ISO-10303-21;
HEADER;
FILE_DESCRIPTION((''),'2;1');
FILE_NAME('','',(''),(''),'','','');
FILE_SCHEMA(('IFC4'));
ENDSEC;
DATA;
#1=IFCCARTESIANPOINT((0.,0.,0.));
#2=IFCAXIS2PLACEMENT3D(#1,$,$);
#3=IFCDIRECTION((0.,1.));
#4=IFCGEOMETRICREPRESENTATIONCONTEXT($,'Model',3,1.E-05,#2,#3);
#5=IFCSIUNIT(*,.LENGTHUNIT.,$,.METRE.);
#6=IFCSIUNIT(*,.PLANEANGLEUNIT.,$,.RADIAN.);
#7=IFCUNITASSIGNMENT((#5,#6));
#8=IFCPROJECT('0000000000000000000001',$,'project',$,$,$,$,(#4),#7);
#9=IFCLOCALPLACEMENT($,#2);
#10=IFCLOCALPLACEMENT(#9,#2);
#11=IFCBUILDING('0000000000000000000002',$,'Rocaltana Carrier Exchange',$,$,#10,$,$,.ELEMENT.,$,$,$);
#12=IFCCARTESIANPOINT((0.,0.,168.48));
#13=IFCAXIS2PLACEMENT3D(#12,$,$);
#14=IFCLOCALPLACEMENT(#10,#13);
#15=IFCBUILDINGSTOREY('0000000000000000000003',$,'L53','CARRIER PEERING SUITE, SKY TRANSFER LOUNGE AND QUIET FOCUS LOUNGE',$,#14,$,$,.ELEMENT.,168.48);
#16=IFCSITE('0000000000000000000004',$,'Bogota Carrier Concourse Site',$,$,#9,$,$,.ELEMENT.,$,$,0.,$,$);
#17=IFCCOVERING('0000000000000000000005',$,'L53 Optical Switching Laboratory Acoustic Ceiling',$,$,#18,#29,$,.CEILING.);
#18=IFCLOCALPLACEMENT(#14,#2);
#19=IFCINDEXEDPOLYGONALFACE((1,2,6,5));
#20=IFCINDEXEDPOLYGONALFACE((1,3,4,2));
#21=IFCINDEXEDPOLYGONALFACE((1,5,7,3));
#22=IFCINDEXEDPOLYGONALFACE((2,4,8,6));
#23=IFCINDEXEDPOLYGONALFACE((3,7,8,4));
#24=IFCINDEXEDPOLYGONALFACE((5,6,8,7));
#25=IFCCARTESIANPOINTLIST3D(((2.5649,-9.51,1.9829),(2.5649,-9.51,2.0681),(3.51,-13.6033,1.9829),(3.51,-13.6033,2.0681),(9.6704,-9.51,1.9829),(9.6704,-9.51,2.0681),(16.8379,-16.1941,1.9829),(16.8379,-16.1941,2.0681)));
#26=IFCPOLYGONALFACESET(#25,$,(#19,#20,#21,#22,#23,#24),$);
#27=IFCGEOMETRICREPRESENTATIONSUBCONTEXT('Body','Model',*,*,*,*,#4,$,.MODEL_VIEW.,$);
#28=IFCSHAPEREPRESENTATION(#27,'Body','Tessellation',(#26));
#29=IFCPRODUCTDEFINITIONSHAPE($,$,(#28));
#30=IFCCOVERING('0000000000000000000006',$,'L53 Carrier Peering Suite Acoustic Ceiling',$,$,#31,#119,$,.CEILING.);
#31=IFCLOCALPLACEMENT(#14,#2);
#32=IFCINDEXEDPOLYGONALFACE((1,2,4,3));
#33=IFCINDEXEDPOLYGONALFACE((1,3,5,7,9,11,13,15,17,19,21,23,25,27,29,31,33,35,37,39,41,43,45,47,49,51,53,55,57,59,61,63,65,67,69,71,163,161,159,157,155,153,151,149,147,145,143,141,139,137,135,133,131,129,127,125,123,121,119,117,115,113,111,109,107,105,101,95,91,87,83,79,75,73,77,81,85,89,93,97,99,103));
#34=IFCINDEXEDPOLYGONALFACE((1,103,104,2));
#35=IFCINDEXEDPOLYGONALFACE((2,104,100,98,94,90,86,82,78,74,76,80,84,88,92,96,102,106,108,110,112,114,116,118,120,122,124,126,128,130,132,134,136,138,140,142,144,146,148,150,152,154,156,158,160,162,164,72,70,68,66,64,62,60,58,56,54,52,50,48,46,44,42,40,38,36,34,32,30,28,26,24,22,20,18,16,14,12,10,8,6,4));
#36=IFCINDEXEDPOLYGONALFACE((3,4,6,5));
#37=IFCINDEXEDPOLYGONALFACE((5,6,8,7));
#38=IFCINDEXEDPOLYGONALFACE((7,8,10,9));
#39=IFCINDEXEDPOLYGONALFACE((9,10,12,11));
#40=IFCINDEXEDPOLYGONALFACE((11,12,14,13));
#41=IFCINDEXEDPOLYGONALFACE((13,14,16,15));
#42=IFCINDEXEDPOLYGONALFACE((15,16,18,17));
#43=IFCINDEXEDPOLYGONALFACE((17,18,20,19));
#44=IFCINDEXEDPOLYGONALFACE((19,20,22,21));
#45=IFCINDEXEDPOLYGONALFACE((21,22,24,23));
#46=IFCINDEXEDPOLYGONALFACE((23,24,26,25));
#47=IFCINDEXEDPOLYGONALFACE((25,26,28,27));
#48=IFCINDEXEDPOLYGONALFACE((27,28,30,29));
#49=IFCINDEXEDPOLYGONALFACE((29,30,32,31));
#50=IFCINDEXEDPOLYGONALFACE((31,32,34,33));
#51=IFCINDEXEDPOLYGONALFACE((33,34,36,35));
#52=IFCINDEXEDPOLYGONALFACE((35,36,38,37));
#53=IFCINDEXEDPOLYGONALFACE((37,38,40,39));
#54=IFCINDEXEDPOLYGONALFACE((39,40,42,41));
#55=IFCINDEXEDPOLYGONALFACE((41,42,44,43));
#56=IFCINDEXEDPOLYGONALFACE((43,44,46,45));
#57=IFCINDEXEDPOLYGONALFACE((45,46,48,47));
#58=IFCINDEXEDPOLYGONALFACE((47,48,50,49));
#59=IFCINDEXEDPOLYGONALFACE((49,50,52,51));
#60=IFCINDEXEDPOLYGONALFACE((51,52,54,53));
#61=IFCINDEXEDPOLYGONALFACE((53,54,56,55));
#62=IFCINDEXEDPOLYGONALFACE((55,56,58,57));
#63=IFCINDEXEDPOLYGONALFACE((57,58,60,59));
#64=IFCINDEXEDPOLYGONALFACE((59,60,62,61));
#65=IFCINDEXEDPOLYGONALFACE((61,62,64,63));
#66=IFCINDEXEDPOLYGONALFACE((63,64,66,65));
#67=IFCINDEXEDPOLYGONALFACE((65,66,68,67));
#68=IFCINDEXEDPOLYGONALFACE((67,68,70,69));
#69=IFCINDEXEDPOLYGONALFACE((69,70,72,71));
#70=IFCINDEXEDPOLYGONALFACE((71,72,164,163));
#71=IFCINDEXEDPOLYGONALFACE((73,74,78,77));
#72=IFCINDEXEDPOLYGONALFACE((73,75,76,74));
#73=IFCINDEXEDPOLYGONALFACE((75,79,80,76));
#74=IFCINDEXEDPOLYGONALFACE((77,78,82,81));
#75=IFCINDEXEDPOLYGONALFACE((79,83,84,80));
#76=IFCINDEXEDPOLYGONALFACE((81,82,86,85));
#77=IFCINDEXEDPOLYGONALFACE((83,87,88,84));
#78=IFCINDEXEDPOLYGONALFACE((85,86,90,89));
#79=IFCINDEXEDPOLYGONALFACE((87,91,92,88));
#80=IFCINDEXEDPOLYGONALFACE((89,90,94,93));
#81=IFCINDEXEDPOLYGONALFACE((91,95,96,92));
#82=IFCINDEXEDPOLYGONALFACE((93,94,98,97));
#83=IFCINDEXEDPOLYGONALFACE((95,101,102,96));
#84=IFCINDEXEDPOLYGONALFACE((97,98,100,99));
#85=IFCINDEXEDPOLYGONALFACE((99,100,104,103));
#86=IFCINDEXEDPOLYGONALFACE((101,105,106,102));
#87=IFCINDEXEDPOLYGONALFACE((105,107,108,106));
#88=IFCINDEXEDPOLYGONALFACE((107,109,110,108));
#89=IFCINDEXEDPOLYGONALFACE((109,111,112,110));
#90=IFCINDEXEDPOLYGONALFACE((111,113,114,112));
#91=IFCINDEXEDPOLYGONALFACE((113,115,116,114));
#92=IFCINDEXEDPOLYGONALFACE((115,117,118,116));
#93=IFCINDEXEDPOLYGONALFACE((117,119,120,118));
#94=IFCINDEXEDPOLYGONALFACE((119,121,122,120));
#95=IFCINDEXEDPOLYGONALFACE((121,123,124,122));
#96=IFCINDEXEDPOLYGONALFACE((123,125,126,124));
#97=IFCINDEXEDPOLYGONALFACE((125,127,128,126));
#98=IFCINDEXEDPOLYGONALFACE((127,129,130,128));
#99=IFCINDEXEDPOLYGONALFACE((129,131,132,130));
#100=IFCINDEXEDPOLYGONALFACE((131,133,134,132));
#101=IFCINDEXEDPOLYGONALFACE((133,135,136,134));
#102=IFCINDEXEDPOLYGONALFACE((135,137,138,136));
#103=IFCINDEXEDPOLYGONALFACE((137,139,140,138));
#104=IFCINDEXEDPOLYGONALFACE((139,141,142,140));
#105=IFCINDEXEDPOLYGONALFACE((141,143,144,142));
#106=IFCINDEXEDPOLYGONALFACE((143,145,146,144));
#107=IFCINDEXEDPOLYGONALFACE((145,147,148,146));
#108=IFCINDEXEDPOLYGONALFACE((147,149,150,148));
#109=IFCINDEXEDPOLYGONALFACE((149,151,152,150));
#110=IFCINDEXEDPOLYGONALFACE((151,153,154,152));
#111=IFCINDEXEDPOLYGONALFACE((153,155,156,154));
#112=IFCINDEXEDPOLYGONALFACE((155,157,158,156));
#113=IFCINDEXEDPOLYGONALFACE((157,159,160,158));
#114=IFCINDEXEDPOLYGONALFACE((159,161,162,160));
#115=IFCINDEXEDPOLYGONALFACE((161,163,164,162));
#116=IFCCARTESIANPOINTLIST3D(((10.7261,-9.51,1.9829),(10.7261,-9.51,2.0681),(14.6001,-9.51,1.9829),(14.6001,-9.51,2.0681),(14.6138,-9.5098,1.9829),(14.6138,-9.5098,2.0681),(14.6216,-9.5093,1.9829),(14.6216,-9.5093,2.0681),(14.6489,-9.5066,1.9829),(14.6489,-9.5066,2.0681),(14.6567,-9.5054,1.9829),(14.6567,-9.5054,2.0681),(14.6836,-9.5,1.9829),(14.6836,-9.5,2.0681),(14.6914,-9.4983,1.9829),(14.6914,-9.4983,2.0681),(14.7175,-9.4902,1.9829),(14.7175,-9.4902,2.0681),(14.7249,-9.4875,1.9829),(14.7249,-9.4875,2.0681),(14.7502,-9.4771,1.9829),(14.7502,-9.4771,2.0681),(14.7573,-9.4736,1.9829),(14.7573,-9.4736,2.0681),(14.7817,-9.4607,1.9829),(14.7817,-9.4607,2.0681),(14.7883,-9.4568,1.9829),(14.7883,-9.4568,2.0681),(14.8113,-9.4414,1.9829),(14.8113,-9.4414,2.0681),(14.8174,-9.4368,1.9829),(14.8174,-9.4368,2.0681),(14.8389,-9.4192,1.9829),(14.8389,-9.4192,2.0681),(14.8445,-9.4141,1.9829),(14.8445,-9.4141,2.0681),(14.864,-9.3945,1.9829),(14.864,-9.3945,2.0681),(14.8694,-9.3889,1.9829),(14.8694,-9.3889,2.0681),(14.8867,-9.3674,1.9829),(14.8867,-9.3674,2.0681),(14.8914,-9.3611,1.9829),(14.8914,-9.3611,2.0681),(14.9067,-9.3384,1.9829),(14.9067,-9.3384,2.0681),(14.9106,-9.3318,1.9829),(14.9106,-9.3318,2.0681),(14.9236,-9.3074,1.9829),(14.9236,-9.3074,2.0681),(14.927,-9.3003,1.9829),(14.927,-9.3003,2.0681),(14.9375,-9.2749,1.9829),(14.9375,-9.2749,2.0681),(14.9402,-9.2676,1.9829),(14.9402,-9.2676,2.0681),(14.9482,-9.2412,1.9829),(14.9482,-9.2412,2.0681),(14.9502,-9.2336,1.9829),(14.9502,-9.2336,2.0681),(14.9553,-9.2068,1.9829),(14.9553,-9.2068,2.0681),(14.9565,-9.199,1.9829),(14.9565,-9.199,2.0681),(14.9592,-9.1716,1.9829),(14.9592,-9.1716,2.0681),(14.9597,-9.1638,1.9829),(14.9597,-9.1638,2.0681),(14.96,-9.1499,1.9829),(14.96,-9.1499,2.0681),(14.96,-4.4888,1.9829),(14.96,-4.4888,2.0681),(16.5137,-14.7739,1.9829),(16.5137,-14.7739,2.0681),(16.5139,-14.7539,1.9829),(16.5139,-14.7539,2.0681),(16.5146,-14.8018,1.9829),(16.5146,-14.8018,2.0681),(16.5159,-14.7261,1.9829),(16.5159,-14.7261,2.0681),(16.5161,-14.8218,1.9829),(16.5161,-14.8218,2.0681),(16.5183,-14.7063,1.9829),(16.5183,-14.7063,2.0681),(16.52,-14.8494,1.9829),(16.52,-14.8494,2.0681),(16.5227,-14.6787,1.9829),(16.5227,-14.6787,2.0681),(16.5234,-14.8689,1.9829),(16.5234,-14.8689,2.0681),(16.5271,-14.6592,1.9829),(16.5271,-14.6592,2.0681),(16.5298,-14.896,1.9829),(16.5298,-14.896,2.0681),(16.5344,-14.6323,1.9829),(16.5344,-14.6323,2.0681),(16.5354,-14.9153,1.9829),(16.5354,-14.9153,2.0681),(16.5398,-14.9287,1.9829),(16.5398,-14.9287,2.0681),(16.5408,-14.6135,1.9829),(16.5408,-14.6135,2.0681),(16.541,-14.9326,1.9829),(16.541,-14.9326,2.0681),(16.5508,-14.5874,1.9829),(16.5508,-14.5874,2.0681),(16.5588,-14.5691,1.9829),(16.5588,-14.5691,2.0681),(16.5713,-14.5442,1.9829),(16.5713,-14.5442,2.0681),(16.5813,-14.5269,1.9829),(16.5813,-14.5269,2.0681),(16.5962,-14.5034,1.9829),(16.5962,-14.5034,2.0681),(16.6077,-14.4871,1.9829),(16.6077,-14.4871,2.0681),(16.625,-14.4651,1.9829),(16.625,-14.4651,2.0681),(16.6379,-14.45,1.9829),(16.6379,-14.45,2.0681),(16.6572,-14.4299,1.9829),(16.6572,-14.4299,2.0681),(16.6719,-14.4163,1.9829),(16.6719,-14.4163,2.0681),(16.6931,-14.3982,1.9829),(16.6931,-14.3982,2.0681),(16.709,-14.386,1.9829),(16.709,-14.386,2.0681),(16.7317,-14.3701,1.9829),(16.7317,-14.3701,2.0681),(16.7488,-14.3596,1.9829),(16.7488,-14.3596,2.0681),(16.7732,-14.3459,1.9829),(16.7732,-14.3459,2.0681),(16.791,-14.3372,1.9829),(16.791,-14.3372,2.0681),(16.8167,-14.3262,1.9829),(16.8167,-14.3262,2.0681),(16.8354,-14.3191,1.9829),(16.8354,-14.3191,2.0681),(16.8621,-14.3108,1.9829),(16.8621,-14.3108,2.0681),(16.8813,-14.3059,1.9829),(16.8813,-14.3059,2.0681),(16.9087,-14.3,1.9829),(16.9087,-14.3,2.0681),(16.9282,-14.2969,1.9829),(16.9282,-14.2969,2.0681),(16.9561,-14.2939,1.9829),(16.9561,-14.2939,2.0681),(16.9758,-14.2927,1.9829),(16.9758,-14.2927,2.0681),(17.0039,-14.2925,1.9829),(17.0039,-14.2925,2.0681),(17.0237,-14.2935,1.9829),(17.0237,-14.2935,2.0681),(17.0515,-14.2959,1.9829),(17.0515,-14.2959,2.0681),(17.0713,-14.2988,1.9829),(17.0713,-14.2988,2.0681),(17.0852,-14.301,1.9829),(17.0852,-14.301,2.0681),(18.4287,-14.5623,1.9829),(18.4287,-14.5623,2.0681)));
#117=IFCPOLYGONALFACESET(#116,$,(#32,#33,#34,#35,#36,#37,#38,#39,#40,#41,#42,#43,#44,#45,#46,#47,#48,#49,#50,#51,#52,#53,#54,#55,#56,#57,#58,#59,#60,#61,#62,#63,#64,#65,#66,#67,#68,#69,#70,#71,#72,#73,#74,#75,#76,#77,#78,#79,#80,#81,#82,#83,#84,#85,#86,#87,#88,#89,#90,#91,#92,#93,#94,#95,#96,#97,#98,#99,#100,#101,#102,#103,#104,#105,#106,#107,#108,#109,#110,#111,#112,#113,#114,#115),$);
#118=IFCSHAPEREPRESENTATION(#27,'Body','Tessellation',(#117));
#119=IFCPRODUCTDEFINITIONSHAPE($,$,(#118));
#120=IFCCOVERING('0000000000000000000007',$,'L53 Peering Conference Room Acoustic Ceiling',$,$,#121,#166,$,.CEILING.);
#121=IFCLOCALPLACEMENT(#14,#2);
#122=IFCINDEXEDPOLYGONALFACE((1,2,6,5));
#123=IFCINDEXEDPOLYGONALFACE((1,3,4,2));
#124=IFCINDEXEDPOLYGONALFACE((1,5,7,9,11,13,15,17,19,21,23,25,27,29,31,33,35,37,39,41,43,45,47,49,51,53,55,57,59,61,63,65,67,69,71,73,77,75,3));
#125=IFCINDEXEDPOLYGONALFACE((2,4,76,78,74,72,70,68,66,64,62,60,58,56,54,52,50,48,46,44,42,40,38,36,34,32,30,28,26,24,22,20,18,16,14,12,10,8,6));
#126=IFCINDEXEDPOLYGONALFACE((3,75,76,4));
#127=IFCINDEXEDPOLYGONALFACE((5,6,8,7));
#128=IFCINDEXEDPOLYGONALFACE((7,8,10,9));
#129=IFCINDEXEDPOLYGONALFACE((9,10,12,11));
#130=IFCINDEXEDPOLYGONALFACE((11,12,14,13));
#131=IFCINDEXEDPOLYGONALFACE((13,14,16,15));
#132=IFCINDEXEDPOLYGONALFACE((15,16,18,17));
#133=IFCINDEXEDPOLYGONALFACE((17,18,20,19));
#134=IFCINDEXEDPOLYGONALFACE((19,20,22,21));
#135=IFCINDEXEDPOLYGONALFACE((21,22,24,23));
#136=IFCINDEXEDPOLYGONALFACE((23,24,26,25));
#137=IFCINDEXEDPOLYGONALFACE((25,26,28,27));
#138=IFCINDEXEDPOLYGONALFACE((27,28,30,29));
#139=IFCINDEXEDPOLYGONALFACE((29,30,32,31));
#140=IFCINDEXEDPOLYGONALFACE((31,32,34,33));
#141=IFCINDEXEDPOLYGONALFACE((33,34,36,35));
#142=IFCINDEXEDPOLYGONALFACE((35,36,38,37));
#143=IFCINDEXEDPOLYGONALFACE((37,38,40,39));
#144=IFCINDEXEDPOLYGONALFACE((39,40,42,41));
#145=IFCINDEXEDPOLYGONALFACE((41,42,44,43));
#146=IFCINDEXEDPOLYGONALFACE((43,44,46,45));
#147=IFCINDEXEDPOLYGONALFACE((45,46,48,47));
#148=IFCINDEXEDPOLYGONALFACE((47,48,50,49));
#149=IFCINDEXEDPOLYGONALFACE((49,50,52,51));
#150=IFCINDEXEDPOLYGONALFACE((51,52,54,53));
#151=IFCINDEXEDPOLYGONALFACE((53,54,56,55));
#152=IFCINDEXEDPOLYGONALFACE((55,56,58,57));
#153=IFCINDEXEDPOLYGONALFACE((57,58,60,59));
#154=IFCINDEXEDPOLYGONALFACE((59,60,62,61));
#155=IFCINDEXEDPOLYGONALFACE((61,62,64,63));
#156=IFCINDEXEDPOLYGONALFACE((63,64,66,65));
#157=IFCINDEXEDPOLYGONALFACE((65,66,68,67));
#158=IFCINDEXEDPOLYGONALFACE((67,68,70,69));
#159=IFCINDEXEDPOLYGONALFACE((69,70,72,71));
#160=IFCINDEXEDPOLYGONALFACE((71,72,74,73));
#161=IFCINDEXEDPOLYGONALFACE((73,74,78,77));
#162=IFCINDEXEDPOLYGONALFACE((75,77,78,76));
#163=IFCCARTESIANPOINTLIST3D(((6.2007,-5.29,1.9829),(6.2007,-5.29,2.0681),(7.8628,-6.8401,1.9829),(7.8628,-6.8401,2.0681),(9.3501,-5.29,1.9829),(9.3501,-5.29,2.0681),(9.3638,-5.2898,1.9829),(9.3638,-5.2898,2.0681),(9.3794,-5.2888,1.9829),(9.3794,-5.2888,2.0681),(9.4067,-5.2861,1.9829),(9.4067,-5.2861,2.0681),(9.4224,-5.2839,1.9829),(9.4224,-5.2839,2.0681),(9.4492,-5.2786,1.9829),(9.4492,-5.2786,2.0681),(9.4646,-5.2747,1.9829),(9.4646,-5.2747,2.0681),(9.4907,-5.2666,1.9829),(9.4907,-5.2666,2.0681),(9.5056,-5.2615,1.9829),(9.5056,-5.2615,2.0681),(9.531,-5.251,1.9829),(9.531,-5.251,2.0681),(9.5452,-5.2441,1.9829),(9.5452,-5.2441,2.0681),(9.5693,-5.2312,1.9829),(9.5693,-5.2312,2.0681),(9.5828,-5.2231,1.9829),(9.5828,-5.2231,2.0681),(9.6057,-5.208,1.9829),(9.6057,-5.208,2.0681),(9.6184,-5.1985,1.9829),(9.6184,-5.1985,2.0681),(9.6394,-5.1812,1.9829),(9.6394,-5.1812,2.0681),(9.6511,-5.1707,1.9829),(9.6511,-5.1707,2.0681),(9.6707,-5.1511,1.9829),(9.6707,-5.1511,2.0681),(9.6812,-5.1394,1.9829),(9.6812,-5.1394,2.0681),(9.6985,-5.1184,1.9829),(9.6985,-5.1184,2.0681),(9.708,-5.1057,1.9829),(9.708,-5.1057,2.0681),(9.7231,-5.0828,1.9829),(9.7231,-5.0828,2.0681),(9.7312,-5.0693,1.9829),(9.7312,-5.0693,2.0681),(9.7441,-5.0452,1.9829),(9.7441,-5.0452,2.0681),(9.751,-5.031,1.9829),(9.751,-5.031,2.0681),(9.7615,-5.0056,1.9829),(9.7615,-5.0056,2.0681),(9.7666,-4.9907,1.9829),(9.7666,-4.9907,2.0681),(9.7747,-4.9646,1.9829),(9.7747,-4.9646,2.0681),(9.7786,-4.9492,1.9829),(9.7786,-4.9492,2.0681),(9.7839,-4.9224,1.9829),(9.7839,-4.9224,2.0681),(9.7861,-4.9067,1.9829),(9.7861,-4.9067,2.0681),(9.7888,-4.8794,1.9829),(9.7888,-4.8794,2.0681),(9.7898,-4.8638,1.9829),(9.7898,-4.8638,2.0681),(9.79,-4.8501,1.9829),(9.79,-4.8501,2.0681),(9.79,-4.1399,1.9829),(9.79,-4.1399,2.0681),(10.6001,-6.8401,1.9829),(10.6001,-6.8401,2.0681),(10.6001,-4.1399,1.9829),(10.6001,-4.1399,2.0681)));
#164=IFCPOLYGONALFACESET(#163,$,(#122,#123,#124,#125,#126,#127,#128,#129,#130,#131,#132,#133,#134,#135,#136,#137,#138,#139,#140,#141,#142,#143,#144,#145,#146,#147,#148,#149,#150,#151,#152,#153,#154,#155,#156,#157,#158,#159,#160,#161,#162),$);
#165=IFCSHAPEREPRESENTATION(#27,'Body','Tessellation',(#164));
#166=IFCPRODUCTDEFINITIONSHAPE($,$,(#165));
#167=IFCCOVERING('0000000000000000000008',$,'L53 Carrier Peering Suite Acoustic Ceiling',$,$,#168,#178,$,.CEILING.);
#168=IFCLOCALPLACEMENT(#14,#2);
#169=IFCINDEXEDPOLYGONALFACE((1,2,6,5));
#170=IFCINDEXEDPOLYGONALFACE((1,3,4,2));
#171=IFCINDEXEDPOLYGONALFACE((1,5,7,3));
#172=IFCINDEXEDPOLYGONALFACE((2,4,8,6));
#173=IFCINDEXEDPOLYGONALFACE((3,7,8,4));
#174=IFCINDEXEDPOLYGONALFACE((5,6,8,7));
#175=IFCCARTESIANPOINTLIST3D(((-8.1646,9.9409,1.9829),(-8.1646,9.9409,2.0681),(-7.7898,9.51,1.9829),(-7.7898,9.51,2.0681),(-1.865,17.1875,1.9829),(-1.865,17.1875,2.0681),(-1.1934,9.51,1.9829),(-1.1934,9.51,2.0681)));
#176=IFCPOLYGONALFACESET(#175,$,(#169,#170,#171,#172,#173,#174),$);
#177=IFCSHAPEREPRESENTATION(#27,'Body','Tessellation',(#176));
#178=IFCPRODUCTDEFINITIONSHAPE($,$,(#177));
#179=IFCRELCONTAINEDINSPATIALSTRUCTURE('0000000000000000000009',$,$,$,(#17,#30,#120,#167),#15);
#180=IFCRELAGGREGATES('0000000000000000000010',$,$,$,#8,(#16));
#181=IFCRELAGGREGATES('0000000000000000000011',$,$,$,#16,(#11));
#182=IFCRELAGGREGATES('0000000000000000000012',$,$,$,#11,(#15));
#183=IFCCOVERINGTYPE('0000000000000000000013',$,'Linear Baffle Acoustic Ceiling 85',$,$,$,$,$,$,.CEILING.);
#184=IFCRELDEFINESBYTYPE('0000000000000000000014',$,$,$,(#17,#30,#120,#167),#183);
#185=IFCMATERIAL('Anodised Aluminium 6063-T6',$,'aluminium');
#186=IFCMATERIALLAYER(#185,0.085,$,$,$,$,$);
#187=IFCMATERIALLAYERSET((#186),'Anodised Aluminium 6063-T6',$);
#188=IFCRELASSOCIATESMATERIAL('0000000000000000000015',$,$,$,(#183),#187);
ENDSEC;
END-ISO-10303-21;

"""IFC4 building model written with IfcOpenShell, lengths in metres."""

from ifc_helpers import new_model, si_unit, direction, frame, origin, place, context, subcontext, project, spatial, polyline, outline, extrude, material, layer, layer_set, type_object, element, save


model = new_model("IFC4")

# Units and contexts
model_context = context("Model", 3, precision=1e-05, world=origin(), true_north=direction((0.0, 1.0)))
body_context = subcontext(model_context, "Body", "Model", "MODEL_VIEW")
ifc_project = project(units=[si_unit("LENGTHUNIT", "METRE"), si_unit("PLANEANGLEUNIT", "RADIAN")], contexts=[model_context])

# Site, building, storey
site_placement = place(None, origin())
site = spatial("IfcSite", under=ifc_project, at=site_placement, Name="Bogota Carrier Concourse Site", CompositionType="ELEMENT", RefElevation=0.0)
building_placement = place(site_placement, origin())
building = spatial("IfcBuilding", under=site, at=building_placement, Name="Rocaltana Carrier Exchange", CompositionType="ELEMENT")
storey_placement = place(building_placement, frame((0.0, 0.0, 168.48)))
storey = spatial("IfcBuildingStorey", under=building, at=storey_placement, Name="L53", Description="CARRIER PEERING SUITE, SKY TRANSFER LOUNGE AND QUIET FOCUS LOUNGE", CompositionType="ELEMENT", Elevation=168.48)

# Coverings
ifc_material_1 = material(Name="Anodised Aluminium 6063-T6", Category="aluminium")
ifc_layer_1 = layer(ifc_material_1, 0.085)
ifc_layer_set_1 = layer_set([ifc_layer_1], Name="Anodised Aluminium 6063-T6")
covering_type_1 = type_object("IfcCoveringType", Name="Linear Baffle Acoustic Ceiling 85", PredefinedType="CEILING", material=ifc_layer_set_1)
covering_1_placement = place(storey_placement, frame((0.0, 0.0, 1.9829)))
element("IfcCovering", 1, at=covering_1_placement, inside=storey, type_object=covering_type_1, Name="L53 Optical Switching Laboratory Acoustic Ceiling", PredefinedType="CEILING", context=body_context, shape_type="SweptSolid", body=[
    extrude(outline(polyline([(16.8379, -16.1941), (3.51, -13.6033), (2.5649, -9.51), (9.6704, -9.51), (16.8379, -16.1941)])), origin(), (0.0, 0.0, 1.0), 0.0852),
])
covering_2_placement = place(storey_placement, frame((0.0, 0.0, 1.9829)))
element("IfcCovering", 2, at=covering_2_placement, inside=storey, type_object=covering_type_1, Name="L53 Carrier Peering Suite Acoustic Ceiling", PredefinedType="CEILING", context=body_context, shape_type="SweptSolid", body=[
    extrude(outline(polyline([(14.96, -4.4888), (18.4287, -14.5623), (17.0852, -14.301), (17.0713, -14.2988), (17.0515, -14.2959), (17.0237, -14.2935), (17.0039, -14.2925), (16.9758, -14.2927), (16.9561, -14.2939), (16.9282, -14.2969), (16.9087, -14.3), (16.8813, -14.3059), (16.8621, -14.3108), (16.8354, -14.3191), (16.8167, -14.3262), (16.791, -14.3372), (16.7732, -14.3459), (16.7488, -14.3596), (16.7317, -14.3701), (16.709, -14.386), (16.6931, -14.3982), (16.6719, -14.4163), (16.6572, -14.4299), (16.6379, -14.45), (16.625, -14.4651), (16.6077, -14.4871), (16.5962, -14.5034), (16.5813, -14.5269), (16.5713, -14.5442), (16.5588, -14.5691), (16.5508, -14.5874), (16.5408, -14.6135), (16.5344, -14.6323), (16.5271, -14.6592), (16.5227, -14.6787), (16.5183, -14.7063), (16.5159, -14.7261), (16.5139, -14.7539), (16.5137, -14.7739), (16.5146, -14.8018), (16.5161, -14.8218), (16.52, -14.8494), (16.5234, -14.8689), (16.5298, -14.896), (16.5354, -14.9153), (16.5398, -14.9287), (16.541, -14.9326), (10.7261, -9.51), (14.6001, -9.51), (14.6138, -9.5098), (14.6216, -9.5093), (14.6489, -9.5066), (14.6567, -9.5054), (14.6836, -9.5), (14.6914, -9.4983), (14.7175, -9.4902), (14.7249, -9.4875), (14.7502, -9.4771), (14.7573, -9.4736), (14.7817, -9.4607), (14.7883, -9.4568), (14.8113, -9.4414), (14.8174, -9.4368), (14.8389, -9.4192), (14.8445, -9.4141), (14.864, -9.3945), (14.8694, -9.3889), (14.8867, -9.3674), (14.8914, -9.3611), (14.9067, -9.3384), (14.9106, -9.3318), (14.9236, -9.3074), (14.927, -9.3003), (14.9375, -9.2749), (14.9402, -9.2676), (14.9482, -9.2412), (14.9502, -9.2336), (14.9553, -9.2068), (14.9565, -9.199), (14.9592, -9.1716), (14.9597, -9.1638), (14.96, -9.1499), (14.96, -4.4888)])), origin(), (0.0, 0.0, 1.0), 0.0852),
])
covering_3_placement = place(storey_placement, frame((0.0, 0.0, 1.9829)))
element("IfcCovering", 3, at=covering_3_placement, inside=storey, type_object=covering_type_1, Name="L53 Peering Conference Room Acoustic Ceiling", PredefinedType="CEILING", context=body_context, shape_type="SweptSolid", body=[
    extrude(outline(polyline([(6.2007, -5.29), (9.3501, -5.29), (9.3638, -5.2898), (9.3794, -5.2888), (9.4067, -5.2861), (9.4224, -5.2839), (9.4492, -5.2786), (9.4646, -5.2747), (9.4907, -5.2666), (9.5056, -5.2615), (9.531, -5.251), (9.5452, -5.2441), (9.5693, -5.2312), (9.5828, -5.2231), (9.6057, -5.208), (9.6184, -5.1985), (9.6394, -5.1812), (9.6511, -5.1707), (9.6707, -5.1511), (9.6812, -5.1394), (9.6985, -5.1184), (9.708, -5.1057), (9.7231, -5.0828), (9.7312, -5.0693), (9.7441, -5.0452), (9.751, -5.031), (9.7615, -5.0056), (9.7666, -4.9907), (9.7747, -4.9646), (9.7786, -4.9492), (9.7839, -4.9224), (9.7861, -4.9067), (9.7888, -4.8794), (9.7898, -4.8638), (9.79, -4.8501), (9.79, -4.1399), (10.6001, -4.1399), (10.6001, -6.8401), (7.8628, -6.8401), (6.2007, -5.29)])), origin(), (0.0, 0.0, 1.0), 0.0852),
])
covering_4_placement = place(storey_placement, frame((0.0, 0.0, 1.9829)))
element("IfcCovering", 4, at=covering_4_placement, inside=storey, type_object=covering_type_1, Name="L53 Carrier Peering Suite Acoustic Ceiling", PredefinedType="CEILING", context=body_context, shape_type="SweptSolid", body=[
    extrude(outline(polyline([(-1.865, 17.1875), (-1.1934, 9.51), (-7.7898, 9.51), (-8.1646, 9.9409), (-1.865, 17.1875)])), origin(), (0.0, 0.0, 1.0), 0.0852),
])

save(model, "model.ifc")
